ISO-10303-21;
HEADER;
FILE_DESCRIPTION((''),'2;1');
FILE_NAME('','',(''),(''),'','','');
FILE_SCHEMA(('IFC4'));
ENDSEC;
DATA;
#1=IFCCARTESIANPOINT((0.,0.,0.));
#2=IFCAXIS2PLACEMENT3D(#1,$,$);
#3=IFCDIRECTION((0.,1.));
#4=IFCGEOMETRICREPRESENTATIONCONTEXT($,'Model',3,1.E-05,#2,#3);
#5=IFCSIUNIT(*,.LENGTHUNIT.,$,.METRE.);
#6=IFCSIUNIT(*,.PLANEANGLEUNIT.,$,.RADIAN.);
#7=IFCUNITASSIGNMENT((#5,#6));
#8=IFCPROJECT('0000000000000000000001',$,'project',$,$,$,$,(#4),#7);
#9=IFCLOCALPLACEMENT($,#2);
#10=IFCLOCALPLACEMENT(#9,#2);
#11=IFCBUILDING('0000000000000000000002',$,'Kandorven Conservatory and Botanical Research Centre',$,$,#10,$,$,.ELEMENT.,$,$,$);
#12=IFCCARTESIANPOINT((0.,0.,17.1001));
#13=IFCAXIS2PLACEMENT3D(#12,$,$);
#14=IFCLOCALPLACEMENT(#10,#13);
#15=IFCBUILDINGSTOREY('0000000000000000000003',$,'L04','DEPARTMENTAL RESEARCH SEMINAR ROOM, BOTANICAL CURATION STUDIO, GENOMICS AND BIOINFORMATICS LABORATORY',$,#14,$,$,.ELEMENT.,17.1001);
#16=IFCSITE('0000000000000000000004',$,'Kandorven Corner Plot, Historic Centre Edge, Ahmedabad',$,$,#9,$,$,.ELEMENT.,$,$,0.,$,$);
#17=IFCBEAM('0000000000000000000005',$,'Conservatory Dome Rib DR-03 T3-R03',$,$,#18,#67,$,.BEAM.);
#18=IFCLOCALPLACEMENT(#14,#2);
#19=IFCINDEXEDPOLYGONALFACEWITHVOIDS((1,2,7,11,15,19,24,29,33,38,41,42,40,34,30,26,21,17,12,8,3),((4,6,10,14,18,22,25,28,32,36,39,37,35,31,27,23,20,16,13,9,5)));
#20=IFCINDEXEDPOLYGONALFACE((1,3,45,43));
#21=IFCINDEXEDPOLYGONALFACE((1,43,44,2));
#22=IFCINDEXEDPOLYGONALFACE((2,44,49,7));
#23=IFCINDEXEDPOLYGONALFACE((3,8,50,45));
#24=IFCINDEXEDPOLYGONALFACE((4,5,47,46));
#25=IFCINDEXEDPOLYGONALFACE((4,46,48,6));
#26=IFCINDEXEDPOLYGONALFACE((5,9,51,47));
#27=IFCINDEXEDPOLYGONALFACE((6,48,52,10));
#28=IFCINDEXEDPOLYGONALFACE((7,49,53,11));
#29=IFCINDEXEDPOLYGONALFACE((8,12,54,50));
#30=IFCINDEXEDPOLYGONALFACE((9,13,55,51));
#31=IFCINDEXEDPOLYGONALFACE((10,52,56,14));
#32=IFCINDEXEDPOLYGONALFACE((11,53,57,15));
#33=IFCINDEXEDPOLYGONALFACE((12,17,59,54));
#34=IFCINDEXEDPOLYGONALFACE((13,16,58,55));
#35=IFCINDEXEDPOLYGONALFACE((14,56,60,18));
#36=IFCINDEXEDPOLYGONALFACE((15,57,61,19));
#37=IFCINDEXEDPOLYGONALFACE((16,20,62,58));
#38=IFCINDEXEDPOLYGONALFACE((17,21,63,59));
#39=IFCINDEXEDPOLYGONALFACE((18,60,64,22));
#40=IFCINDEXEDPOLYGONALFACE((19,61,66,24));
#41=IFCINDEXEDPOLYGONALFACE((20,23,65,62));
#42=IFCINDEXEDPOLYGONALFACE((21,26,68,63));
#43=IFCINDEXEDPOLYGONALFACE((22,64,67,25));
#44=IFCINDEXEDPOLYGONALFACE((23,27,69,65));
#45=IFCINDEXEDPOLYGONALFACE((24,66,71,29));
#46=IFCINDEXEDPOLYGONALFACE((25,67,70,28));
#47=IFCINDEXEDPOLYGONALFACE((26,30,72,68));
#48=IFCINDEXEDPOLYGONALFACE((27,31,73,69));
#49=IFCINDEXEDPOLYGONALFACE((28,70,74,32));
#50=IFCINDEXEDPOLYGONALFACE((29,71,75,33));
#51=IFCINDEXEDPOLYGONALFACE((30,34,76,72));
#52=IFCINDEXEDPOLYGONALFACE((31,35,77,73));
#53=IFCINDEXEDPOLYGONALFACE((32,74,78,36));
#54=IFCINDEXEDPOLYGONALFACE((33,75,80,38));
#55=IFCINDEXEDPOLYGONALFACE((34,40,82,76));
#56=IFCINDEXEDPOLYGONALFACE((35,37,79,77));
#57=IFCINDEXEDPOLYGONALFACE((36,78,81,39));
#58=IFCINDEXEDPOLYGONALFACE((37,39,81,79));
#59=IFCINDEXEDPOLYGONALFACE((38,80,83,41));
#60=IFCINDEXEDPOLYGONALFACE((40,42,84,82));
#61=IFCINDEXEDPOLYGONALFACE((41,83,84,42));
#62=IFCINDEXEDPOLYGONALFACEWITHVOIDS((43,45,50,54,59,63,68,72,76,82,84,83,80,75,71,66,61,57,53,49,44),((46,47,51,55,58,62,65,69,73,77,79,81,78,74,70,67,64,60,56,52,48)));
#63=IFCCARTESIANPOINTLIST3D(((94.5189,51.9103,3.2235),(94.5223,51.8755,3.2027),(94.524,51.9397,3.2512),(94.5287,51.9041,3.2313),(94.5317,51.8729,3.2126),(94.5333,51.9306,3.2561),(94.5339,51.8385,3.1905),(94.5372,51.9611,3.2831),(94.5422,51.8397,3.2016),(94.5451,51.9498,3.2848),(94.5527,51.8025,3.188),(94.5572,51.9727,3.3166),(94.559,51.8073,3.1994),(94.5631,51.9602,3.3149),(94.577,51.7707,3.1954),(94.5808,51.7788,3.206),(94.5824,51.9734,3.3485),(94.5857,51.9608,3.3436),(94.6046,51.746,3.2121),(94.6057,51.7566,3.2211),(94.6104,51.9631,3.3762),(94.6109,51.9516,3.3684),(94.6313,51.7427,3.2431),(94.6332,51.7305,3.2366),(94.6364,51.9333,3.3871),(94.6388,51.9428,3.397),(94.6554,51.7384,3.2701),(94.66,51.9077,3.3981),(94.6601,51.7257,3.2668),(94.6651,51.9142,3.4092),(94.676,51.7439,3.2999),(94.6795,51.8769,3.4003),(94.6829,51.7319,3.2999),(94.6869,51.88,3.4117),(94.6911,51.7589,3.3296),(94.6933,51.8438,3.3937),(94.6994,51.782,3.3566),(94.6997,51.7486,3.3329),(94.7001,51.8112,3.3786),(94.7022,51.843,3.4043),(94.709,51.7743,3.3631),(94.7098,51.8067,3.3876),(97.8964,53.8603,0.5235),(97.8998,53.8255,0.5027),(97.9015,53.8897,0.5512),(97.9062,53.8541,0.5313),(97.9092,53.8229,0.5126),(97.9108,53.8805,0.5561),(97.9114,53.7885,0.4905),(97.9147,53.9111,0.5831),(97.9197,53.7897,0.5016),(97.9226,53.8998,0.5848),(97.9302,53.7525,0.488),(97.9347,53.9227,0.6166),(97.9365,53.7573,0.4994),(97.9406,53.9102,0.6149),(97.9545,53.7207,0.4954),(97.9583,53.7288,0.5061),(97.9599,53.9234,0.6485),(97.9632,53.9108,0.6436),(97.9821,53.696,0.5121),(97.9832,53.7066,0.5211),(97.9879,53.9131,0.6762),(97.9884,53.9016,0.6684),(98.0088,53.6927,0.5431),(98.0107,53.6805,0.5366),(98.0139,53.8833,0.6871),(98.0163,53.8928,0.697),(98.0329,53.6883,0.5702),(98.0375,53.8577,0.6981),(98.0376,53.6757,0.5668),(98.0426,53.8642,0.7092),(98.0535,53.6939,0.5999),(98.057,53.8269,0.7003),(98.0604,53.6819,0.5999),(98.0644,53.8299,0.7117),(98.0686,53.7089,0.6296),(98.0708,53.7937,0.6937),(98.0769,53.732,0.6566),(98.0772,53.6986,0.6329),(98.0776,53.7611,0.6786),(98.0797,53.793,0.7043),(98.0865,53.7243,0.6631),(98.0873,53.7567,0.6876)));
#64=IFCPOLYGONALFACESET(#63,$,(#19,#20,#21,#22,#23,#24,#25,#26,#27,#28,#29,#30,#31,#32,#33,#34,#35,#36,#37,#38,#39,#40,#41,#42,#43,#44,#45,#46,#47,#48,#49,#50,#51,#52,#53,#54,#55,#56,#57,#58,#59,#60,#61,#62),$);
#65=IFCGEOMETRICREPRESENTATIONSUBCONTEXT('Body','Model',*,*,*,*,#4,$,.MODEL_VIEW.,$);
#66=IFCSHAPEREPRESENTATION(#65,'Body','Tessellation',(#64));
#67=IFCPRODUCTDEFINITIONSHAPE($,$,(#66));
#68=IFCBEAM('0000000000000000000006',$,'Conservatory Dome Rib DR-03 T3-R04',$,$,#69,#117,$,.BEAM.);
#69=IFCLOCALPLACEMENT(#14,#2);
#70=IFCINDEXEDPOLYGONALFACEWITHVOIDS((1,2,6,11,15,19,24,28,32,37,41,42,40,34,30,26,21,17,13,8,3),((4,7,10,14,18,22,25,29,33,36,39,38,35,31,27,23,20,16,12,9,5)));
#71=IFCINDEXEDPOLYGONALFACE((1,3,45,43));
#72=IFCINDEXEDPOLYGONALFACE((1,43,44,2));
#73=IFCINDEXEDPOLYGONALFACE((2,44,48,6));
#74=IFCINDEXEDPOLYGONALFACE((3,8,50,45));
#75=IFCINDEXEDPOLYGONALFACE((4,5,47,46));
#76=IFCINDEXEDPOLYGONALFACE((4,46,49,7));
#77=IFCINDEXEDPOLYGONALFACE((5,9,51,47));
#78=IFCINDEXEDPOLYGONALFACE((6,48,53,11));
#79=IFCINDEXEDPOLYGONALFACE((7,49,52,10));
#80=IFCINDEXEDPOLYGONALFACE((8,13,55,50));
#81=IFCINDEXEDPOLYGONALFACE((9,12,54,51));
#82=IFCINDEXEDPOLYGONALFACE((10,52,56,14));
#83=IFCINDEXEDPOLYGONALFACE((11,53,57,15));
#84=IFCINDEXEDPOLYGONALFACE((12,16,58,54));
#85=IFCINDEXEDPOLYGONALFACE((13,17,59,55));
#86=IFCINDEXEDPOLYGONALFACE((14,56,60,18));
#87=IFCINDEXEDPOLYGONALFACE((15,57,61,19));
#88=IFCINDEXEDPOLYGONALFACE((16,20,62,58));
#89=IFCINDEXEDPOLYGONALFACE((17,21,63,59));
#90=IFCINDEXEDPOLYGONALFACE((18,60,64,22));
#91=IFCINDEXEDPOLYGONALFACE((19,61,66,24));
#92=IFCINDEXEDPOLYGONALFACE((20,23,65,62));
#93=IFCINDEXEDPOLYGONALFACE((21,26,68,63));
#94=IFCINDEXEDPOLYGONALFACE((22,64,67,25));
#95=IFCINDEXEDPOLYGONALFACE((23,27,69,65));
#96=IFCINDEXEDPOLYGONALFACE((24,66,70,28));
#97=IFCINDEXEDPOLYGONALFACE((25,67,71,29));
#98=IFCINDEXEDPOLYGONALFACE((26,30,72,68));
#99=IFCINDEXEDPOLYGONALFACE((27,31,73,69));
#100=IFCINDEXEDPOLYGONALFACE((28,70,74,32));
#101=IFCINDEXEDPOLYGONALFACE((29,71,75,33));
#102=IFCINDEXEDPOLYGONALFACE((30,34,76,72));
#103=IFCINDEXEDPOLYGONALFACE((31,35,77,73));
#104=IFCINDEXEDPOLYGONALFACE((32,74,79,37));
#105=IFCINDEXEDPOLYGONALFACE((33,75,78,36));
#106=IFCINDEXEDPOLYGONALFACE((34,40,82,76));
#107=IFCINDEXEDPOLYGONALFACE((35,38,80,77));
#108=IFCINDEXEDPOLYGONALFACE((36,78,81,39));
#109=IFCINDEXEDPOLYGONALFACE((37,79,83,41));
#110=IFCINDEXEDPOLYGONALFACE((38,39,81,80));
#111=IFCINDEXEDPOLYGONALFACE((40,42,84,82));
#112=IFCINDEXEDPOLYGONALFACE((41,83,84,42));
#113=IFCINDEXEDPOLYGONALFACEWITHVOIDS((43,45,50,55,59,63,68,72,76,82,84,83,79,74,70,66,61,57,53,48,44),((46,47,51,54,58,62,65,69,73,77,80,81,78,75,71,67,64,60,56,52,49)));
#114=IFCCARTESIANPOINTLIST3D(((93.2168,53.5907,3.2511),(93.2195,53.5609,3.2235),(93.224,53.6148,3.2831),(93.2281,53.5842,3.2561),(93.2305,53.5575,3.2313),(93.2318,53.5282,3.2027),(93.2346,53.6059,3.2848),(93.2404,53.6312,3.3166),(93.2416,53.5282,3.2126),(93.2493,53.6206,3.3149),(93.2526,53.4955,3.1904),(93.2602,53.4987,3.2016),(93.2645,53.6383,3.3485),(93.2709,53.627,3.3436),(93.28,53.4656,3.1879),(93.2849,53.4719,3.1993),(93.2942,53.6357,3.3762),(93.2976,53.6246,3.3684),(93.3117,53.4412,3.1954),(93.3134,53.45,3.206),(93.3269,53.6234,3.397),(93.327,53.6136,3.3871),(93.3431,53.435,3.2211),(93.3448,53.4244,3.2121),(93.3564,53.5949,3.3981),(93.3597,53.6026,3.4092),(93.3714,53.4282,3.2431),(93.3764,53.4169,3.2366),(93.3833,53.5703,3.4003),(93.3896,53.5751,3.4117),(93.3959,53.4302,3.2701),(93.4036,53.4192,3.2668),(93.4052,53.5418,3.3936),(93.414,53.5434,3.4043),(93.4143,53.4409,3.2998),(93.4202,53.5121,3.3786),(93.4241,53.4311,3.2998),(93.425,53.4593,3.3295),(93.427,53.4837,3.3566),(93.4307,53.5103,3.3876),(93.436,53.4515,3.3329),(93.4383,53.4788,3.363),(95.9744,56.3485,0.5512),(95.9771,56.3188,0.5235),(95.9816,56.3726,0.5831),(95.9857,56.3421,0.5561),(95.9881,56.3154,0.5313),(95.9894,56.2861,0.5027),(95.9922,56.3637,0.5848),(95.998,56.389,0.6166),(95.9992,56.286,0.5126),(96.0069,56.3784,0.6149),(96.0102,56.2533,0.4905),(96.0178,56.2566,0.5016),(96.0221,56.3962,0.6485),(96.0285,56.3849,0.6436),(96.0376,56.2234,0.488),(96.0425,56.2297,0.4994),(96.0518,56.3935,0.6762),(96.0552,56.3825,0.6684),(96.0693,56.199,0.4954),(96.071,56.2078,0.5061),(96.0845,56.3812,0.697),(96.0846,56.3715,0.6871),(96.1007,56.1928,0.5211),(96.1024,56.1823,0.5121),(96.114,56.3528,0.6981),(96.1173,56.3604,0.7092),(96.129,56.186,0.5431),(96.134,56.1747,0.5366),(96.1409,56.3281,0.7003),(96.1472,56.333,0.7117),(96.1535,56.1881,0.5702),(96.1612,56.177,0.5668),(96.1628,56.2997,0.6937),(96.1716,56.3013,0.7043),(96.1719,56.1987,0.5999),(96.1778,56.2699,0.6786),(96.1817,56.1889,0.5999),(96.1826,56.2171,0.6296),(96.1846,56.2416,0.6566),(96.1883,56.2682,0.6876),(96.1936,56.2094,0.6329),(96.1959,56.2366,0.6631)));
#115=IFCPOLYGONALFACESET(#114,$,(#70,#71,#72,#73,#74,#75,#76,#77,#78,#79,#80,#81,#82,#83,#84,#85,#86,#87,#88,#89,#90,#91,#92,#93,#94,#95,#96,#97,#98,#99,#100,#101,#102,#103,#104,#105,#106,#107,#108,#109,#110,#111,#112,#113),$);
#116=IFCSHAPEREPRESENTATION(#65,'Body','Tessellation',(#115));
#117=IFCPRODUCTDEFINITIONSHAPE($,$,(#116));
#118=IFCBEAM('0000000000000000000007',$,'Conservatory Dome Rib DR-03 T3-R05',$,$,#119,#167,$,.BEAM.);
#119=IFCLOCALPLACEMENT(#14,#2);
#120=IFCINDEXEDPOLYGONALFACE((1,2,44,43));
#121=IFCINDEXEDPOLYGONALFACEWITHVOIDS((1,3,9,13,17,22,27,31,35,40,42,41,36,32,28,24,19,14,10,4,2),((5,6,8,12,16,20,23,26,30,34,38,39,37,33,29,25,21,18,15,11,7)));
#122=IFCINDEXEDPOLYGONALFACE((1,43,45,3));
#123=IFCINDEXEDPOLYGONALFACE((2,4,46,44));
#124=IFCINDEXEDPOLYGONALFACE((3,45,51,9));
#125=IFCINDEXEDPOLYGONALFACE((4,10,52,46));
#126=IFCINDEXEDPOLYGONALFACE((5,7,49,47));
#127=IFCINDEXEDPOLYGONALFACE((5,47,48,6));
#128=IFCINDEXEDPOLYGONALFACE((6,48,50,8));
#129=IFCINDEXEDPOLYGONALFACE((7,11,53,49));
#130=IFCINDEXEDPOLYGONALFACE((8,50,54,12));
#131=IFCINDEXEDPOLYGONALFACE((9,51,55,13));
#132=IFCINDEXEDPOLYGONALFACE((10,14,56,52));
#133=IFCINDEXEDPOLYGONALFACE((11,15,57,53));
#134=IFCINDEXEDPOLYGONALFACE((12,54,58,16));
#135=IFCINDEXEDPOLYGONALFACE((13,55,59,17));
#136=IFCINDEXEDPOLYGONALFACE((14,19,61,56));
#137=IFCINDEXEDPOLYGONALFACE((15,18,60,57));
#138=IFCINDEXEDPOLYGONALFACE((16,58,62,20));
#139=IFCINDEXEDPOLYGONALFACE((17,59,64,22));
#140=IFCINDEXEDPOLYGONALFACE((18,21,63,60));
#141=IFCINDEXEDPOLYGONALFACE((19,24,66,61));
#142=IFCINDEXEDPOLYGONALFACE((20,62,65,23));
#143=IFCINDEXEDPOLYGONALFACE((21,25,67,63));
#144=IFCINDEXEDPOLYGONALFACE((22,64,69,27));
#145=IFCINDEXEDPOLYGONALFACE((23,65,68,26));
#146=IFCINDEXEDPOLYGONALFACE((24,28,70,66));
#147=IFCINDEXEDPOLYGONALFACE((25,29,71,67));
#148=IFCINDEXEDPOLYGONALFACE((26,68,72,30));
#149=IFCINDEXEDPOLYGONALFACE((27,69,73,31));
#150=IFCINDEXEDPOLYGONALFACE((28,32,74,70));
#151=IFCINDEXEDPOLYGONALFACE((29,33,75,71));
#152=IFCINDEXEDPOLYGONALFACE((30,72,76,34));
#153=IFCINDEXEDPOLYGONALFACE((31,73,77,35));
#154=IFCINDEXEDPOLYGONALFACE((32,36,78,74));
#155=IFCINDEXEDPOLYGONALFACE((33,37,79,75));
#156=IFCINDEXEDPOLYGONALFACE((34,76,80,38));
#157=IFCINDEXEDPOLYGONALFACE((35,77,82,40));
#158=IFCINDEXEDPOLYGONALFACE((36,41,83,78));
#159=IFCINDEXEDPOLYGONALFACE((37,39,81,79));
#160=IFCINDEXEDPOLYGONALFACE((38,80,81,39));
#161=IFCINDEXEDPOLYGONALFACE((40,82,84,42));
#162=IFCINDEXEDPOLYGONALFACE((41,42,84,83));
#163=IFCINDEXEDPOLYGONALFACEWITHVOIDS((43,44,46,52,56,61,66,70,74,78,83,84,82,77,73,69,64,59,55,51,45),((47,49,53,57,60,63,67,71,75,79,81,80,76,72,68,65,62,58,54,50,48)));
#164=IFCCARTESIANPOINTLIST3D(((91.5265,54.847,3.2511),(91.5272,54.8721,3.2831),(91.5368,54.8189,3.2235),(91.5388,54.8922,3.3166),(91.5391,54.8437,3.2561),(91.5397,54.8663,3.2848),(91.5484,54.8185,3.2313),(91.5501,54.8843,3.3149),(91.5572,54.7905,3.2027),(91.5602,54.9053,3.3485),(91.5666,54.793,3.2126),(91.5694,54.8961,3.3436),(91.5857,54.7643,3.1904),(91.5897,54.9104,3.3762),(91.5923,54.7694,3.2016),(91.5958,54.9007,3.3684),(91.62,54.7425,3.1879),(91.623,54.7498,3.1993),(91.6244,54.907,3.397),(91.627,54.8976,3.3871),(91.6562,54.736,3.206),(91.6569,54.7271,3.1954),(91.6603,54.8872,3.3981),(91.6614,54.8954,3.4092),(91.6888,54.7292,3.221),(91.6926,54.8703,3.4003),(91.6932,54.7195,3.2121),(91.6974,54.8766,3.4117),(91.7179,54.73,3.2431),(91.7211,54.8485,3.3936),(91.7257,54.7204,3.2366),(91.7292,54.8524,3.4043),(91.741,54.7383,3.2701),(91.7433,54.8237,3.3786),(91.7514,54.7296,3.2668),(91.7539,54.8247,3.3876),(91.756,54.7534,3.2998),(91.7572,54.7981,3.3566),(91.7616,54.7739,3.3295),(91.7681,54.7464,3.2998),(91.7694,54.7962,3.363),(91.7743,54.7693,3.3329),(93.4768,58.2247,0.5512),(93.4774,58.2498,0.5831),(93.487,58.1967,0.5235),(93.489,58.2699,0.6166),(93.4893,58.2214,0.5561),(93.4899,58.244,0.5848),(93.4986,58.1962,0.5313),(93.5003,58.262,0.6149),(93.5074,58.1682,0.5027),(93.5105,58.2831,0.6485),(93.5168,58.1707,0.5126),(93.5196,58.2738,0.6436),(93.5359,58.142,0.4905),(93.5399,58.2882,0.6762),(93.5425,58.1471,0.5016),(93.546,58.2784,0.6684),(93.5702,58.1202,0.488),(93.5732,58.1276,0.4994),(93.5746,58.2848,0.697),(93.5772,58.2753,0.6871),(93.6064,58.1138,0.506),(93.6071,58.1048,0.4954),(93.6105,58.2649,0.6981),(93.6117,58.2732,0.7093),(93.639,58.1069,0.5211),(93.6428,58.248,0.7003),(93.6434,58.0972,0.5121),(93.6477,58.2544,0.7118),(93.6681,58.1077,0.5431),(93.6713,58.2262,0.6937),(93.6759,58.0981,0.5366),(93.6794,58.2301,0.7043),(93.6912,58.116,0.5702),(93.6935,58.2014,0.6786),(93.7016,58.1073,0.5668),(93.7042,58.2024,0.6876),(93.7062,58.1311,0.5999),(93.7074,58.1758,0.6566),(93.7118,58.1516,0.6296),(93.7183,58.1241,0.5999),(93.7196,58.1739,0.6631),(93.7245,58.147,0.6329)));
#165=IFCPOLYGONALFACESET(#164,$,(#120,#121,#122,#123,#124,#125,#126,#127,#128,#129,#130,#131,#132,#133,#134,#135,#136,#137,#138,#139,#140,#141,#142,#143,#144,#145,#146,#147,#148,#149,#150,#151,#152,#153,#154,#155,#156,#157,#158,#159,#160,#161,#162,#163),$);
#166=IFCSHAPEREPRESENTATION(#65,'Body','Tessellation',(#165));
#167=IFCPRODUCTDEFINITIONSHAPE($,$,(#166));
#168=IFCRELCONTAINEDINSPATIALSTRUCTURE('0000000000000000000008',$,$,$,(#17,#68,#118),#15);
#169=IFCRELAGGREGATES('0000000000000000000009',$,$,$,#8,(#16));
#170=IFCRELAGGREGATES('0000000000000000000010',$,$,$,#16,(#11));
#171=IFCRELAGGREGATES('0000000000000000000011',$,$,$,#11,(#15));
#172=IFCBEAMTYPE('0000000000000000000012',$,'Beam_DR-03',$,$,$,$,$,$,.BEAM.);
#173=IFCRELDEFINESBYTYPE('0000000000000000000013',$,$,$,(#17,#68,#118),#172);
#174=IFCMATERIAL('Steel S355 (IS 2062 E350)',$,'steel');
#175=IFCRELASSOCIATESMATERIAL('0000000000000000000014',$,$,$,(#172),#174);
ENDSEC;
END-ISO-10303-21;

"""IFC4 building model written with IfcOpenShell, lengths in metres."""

from ifc_helpers import new_model, si_unit, direction, frame, origin, origin_2d, place, context, subcontext, project, spatial, hollow_circle, extrude, material, material_profile, profile_set, type_object, element, save


model = new_model("IFC4")

# Units and contexts
model_context = context("Model", 3, precision=1e-05, world=origin(), true_north=direction((0.0, 1.0)))
body_context = subcontext(model_context, "Body", "Model", "MODEL_VIEW")
ifc_project = project(units=[si_unit("LENGTHUNIT", "METRE"), si_unit("PLANEANGLEUNIT", "RADIAN")], contexts=[model_context])

# Site, building, storey
site_placement = place(None, origin())
site = spatial("IfcSite", under=ifc_project, at=site_placement, Name="Kandorven Corner Plot, Historic Centre Edge, Ahmedabad", CompositionType="ELEMENT", RefElevation=0.0)
building_placement = place(site_placement, origin())
building = spatial("IfcBuilding", under=site, at=building_placement, Name="Kandorven Conservatory and Botanical Research Centre", CompositionType="ELEMENT")
storey_placement = place(building_placement, frame((0.0, 0.0, 17.1001)))
storey = spatial("IfcBuildingStorey", under=building, at=storey_placement, Name="L04", Description="DEPARTMENTAL RESEARCH SEMINAR ROOM, BOTANICAL CURATION STUDIO, GENOMICS AND BIOINFORMATICS LABORATORY", CompositionType="ELEMENT", Elevation=17.1001)

# Beams
ifc_material_1 = material(Name="Steel S355 (IS 2062 E350)", Category="steel")
ifc_material_profile_1 = material_profile(ifc_material_1, hollow_circle(Radius=0.1365, WallThickness=0.0139, at=origin_2d()))
ifc_profile_set_1 = profile_set([ifc_material_profile_1], Name="Steel S355 (IS 2062 E350)")
beam_type_1 = type_object("IfcBeamType", Name="Beam_DR-03", PredefinedType="BEAM", material=ifc_profile_set_1)
for number, where, z_axis, x_axis, name in (
    (1, (97.9922, 53.8, 0.5999), (-0.712041, -0.411094, 0.56921), (0.499997, -0.866027, 0.0), "Conservatory Dome Rib DR-03 T3-R03"),
    (2, (96.0852, 56.2854, 0.5999), (-0.581354, -0.581405, 0.569207), (0.707138, -0.707075, 0.0), "Conservatory Dome Rib DR-03 T3-R04"),
):
    element("IfcBeam", number, at=place(storey_placement, frame(where, z_axis=z_axis, x_axis=x_axis)), inside=storey, type_object=beam_type_1, Name=name, PredefinedType="BEAM", context=body_context, shape_type="SweptSolid", body=[
        extrude(hollow_circle(Radius=0.1365, WallThickness=0.0139, at=origin_2d()), origin(), (0.0, 0.0, 1.0), 4.7434),
    ])
beam_1_placement = place(storey_placement, frame((93.6001, 58.1924, 0.5999), z_axis=(-0.411121, -0.712051, 0.569177), x_axis=(0.866016, -0.500017, 0.0)))
element("IfcBeam", 3, at=beam_1_placement, inside=storey, type_object=beam_type_1, Name="Conservatory Dome Rib DR-03 T3-R05", PredefinedType="BEAM", context=body_context, shape_type="SweptSolid", body=[
    extrude(hollow_circle(Radius=0.1365, WallThickness=0.0139, at=origin_2d()), origin(), (0.0, 0.0, 1.0), 4.7437),
])

save(model, "model.ifc")
